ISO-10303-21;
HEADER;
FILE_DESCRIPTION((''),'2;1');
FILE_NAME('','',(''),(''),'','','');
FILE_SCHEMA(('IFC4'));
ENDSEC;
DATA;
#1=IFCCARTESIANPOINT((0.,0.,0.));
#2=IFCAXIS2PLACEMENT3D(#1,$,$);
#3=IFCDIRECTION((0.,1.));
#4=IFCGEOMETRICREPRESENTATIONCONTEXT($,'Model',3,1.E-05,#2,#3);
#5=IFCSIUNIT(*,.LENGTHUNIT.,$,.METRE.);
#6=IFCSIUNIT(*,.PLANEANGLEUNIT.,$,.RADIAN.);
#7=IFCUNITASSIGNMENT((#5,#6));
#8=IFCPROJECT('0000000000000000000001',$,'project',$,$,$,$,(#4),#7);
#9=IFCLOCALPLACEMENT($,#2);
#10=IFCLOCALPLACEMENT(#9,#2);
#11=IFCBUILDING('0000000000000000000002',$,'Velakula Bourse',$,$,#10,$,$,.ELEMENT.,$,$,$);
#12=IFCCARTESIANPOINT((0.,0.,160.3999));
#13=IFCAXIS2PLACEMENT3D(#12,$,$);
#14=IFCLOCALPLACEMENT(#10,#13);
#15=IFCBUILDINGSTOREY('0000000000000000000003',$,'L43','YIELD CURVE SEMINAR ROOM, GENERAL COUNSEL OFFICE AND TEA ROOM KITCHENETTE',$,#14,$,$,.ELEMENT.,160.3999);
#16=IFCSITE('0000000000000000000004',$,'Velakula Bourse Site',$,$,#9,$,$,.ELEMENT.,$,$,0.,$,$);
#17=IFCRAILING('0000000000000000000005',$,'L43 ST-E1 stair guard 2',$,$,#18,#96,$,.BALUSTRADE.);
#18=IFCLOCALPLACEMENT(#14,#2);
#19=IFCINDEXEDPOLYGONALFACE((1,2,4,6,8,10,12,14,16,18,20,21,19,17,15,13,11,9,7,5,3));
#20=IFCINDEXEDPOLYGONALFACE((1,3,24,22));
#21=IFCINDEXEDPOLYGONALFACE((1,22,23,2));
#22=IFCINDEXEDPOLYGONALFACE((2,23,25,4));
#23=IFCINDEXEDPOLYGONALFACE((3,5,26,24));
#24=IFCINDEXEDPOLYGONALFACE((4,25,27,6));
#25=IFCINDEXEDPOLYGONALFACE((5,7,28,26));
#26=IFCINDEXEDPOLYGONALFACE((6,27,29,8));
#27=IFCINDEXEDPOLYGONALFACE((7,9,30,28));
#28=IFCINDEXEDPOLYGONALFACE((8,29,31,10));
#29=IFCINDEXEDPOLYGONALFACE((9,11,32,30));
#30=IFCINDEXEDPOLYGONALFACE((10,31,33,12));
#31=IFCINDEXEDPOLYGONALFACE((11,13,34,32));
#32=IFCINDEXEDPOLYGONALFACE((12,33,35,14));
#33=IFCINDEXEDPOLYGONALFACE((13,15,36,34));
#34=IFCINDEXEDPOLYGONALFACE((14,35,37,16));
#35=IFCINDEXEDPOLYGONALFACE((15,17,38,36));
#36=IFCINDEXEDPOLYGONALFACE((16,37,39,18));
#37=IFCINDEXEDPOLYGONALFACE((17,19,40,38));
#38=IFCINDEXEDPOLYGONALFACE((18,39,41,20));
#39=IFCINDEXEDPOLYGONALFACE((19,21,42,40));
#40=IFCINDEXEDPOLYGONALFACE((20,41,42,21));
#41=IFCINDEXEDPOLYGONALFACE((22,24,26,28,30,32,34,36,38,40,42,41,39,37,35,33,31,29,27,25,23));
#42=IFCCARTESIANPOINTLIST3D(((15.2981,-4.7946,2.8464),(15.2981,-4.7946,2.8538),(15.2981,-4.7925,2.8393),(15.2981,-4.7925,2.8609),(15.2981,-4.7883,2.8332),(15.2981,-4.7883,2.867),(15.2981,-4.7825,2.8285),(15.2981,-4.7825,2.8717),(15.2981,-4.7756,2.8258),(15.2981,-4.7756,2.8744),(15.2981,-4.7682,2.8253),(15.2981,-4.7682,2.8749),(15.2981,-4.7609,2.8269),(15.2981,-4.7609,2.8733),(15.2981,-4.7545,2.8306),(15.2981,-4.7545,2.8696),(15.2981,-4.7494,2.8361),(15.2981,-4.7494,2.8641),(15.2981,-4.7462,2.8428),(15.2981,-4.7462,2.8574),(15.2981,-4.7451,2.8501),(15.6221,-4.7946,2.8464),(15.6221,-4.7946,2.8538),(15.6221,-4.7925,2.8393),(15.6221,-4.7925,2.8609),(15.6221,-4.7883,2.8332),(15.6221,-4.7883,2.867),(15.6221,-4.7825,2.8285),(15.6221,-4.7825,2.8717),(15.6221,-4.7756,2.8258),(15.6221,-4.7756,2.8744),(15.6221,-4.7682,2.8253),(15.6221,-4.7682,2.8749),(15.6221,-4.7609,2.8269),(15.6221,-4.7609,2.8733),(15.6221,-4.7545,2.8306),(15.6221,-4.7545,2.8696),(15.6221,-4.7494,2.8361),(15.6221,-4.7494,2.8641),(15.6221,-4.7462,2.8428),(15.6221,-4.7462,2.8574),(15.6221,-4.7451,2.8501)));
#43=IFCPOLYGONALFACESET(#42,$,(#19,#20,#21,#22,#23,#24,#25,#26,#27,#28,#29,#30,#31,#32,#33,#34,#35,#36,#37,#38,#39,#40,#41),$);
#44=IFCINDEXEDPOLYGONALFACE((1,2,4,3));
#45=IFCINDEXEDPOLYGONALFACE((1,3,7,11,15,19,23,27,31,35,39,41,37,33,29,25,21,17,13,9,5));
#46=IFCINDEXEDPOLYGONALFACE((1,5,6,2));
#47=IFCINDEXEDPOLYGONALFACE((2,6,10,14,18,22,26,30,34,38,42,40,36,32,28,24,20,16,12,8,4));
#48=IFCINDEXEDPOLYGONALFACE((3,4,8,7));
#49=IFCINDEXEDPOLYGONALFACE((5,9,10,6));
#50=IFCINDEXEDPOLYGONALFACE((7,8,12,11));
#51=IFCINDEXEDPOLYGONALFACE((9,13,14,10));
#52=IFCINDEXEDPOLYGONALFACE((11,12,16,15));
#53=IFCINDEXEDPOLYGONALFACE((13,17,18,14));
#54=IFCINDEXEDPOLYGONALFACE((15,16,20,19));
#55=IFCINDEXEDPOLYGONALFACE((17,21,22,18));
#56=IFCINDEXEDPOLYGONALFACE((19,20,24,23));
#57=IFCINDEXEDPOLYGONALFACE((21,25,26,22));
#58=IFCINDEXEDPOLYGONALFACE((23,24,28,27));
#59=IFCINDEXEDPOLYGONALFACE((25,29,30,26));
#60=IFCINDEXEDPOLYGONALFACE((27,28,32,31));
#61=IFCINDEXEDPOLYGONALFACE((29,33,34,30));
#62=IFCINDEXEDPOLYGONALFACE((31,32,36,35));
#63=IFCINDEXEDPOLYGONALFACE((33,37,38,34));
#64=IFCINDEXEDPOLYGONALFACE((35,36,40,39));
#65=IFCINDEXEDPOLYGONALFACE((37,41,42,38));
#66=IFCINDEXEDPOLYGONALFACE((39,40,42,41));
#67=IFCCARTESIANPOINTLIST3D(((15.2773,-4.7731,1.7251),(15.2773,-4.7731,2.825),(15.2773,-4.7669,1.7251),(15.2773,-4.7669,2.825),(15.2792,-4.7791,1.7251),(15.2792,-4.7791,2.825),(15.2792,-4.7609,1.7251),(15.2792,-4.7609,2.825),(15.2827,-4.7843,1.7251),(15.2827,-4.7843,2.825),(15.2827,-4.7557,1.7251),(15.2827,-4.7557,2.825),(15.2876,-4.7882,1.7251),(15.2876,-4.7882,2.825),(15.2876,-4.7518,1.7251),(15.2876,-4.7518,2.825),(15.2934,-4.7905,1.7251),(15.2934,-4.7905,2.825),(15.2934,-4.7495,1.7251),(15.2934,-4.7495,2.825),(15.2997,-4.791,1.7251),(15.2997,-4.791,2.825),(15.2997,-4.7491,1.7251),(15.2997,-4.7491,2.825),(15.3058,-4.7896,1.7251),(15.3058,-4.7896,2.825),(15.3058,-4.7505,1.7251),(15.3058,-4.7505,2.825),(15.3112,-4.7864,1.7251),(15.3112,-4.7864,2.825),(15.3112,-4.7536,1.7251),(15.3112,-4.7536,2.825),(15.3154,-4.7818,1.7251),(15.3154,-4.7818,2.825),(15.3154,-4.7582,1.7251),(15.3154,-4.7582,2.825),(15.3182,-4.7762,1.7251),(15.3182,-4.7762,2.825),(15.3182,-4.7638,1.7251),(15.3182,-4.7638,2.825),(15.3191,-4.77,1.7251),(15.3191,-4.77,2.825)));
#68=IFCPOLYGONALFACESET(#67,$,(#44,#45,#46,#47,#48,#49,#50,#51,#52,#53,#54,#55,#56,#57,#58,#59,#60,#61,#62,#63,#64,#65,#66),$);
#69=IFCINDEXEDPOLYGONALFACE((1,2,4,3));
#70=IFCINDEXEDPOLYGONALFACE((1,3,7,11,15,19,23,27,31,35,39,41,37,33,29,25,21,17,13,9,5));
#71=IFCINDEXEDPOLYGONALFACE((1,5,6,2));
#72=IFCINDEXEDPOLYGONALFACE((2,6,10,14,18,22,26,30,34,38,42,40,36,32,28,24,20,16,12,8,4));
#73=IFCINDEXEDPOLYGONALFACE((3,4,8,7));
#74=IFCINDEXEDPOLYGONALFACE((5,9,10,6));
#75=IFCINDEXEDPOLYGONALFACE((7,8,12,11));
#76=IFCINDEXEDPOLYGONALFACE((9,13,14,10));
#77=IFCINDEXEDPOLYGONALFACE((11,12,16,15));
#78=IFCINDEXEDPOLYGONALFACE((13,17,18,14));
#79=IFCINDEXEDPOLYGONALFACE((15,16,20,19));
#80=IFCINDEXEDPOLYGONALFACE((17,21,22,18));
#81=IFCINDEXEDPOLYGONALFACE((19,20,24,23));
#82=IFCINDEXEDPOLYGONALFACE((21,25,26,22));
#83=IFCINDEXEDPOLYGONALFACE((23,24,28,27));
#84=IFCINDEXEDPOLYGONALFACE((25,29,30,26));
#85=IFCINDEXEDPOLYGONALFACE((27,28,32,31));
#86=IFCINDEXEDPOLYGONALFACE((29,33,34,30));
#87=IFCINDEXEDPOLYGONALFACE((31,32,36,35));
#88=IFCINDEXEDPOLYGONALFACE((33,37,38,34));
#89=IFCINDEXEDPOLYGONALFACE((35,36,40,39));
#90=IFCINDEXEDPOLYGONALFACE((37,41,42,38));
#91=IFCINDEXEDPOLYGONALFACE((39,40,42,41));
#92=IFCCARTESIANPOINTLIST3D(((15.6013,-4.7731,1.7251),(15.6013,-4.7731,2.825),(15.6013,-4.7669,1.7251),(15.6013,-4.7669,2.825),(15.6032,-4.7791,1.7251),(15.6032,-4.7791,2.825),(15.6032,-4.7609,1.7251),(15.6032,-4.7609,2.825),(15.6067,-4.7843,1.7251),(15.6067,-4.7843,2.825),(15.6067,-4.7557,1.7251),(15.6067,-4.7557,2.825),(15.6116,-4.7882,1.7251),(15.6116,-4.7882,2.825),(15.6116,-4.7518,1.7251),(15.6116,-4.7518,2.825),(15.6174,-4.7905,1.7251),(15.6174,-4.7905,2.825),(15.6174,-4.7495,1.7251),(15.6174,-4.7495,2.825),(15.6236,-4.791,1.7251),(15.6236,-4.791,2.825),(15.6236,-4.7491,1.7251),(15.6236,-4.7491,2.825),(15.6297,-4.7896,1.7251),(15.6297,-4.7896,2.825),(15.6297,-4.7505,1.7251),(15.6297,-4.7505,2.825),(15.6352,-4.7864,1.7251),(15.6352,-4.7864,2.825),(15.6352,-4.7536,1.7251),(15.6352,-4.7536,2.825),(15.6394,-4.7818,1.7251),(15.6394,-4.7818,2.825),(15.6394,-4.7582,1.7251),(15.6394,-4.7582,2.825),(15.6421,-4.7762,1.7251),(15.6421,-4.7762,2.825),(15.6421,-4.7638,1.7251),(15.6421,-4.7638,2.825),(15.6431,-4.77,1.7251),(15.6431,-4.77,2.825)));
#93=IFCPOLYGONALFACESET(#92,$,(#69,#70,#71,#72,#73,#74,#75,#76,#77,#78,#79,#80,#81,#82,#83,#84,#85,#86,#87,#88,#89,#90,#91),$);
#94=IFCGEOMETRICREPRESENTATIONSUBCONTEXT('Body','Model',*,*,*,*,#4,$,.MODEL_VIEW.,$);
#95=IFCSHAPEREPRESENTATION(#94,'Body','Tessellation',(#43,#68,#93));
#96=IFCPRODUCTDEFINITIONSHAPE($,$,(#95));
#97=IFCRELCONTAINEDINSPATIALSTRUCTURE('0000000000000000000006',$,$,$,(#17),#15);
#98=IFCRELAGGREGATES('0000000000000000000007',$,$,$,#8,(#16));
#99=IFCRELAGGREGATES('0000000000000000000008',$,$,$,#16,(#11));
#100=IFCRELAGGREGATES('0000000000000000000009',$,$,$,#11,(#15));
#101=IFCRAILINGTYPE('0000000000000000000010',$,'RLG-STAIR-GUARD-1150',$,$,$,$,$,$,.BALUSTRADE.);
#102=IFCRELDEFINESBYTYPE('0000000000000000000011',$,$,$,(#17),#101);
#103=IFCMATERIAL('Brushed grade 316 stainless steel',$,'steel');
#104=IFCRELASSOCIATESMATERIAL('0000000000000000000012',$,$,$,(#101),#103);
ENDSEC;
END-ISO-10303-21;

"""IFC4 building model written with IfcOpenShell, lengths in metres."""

from ifc_helpers import new_model, si_unit, direction, frame, origin, origin_2d, place, context, subcontext, project, spatial, circle, extrude, material, type_object, element, save


model = new_model("IFC4")

# Units and contexts
model_context = context("Model", 3, precision=1e-05, world=origin(), true_north=direction((0.0, 1.0)))
body_context = subcontext(model_context, "Body", "Model", "MODEL_VIEW")
ifc_project = project(units=[si_unit("LENGTHUNIT", "METRE"), si_unit("PLANEANGLEUNIT", "RADIAN")], contexts=[model_context])

# Site, building, storey
site_placement = place(None, origin())
site = spatial("IfcSite", under=ifc_project, at=site_placement, Name="Velakula Bourse Site", CompositionType="ELEMENT", RefElevation=0.0)
building_placement = place(site_placement, origin())
building = spatial("IfcBuilding", under=site, at=building_placement, Name="Velakula Bourse", CompositionType="ELEMENT")
storey_placement = place(building_placement, frame((0.0, 0.0, 160.3999)))
storey = spatial("IfcBuildingStorey", under=building, at=storey_placement, Name="L43", Description="YIELD CURVE SEMINAR ROOM, GENERAL COUNSEL OFFICE AND TEA ROOM KITCHENETTE", CompositionType="ELEMENT", Elevation=160.3999)

# Shared definitions
ifc_material_1 = material(Name="Brushed grade 316 stainless steel", Category="steel")

# Railing
railing_type_1 = type_object("IfcRailingType", Name="RLG-STAIR-GUARD-1150", PredefinedType="BALUSTRADE", material=ifc_material_1)
railing_1_placement = place(storey_placement, frame((15.2981, -4.77, 1.7251)))
element("IfcRailing", 1, at=railing_1_placement, inside=storey, type_object=railing_type_1, Name="L43 ST-E1 stair guard 2", PredefinedType="BALUSTRADE", context=body_context, shape_type="SweptSolid", body=[
    extrude(circle(Radius=0.0249, at=origin_2d()), frame((0.0, 0.0, 1.125), z_axis=(1.0, 0.0, 0.0), x_axis=(0.0, 1.0, 0.0)), (0.0, 0.0, 1.0), 0.324),
    extrude(circle(Radius=0.021, at=origin_2d()), origin(), (0.0, 0.0, 1.0), 1.0999),
    extrude(circle(Radius=0.021, at=origin_2d()), frame((0.324, 0.0, 0.0)), (0.0, 0.0, 1.0), 1.0999),
])

save(model, "model.ifc")
